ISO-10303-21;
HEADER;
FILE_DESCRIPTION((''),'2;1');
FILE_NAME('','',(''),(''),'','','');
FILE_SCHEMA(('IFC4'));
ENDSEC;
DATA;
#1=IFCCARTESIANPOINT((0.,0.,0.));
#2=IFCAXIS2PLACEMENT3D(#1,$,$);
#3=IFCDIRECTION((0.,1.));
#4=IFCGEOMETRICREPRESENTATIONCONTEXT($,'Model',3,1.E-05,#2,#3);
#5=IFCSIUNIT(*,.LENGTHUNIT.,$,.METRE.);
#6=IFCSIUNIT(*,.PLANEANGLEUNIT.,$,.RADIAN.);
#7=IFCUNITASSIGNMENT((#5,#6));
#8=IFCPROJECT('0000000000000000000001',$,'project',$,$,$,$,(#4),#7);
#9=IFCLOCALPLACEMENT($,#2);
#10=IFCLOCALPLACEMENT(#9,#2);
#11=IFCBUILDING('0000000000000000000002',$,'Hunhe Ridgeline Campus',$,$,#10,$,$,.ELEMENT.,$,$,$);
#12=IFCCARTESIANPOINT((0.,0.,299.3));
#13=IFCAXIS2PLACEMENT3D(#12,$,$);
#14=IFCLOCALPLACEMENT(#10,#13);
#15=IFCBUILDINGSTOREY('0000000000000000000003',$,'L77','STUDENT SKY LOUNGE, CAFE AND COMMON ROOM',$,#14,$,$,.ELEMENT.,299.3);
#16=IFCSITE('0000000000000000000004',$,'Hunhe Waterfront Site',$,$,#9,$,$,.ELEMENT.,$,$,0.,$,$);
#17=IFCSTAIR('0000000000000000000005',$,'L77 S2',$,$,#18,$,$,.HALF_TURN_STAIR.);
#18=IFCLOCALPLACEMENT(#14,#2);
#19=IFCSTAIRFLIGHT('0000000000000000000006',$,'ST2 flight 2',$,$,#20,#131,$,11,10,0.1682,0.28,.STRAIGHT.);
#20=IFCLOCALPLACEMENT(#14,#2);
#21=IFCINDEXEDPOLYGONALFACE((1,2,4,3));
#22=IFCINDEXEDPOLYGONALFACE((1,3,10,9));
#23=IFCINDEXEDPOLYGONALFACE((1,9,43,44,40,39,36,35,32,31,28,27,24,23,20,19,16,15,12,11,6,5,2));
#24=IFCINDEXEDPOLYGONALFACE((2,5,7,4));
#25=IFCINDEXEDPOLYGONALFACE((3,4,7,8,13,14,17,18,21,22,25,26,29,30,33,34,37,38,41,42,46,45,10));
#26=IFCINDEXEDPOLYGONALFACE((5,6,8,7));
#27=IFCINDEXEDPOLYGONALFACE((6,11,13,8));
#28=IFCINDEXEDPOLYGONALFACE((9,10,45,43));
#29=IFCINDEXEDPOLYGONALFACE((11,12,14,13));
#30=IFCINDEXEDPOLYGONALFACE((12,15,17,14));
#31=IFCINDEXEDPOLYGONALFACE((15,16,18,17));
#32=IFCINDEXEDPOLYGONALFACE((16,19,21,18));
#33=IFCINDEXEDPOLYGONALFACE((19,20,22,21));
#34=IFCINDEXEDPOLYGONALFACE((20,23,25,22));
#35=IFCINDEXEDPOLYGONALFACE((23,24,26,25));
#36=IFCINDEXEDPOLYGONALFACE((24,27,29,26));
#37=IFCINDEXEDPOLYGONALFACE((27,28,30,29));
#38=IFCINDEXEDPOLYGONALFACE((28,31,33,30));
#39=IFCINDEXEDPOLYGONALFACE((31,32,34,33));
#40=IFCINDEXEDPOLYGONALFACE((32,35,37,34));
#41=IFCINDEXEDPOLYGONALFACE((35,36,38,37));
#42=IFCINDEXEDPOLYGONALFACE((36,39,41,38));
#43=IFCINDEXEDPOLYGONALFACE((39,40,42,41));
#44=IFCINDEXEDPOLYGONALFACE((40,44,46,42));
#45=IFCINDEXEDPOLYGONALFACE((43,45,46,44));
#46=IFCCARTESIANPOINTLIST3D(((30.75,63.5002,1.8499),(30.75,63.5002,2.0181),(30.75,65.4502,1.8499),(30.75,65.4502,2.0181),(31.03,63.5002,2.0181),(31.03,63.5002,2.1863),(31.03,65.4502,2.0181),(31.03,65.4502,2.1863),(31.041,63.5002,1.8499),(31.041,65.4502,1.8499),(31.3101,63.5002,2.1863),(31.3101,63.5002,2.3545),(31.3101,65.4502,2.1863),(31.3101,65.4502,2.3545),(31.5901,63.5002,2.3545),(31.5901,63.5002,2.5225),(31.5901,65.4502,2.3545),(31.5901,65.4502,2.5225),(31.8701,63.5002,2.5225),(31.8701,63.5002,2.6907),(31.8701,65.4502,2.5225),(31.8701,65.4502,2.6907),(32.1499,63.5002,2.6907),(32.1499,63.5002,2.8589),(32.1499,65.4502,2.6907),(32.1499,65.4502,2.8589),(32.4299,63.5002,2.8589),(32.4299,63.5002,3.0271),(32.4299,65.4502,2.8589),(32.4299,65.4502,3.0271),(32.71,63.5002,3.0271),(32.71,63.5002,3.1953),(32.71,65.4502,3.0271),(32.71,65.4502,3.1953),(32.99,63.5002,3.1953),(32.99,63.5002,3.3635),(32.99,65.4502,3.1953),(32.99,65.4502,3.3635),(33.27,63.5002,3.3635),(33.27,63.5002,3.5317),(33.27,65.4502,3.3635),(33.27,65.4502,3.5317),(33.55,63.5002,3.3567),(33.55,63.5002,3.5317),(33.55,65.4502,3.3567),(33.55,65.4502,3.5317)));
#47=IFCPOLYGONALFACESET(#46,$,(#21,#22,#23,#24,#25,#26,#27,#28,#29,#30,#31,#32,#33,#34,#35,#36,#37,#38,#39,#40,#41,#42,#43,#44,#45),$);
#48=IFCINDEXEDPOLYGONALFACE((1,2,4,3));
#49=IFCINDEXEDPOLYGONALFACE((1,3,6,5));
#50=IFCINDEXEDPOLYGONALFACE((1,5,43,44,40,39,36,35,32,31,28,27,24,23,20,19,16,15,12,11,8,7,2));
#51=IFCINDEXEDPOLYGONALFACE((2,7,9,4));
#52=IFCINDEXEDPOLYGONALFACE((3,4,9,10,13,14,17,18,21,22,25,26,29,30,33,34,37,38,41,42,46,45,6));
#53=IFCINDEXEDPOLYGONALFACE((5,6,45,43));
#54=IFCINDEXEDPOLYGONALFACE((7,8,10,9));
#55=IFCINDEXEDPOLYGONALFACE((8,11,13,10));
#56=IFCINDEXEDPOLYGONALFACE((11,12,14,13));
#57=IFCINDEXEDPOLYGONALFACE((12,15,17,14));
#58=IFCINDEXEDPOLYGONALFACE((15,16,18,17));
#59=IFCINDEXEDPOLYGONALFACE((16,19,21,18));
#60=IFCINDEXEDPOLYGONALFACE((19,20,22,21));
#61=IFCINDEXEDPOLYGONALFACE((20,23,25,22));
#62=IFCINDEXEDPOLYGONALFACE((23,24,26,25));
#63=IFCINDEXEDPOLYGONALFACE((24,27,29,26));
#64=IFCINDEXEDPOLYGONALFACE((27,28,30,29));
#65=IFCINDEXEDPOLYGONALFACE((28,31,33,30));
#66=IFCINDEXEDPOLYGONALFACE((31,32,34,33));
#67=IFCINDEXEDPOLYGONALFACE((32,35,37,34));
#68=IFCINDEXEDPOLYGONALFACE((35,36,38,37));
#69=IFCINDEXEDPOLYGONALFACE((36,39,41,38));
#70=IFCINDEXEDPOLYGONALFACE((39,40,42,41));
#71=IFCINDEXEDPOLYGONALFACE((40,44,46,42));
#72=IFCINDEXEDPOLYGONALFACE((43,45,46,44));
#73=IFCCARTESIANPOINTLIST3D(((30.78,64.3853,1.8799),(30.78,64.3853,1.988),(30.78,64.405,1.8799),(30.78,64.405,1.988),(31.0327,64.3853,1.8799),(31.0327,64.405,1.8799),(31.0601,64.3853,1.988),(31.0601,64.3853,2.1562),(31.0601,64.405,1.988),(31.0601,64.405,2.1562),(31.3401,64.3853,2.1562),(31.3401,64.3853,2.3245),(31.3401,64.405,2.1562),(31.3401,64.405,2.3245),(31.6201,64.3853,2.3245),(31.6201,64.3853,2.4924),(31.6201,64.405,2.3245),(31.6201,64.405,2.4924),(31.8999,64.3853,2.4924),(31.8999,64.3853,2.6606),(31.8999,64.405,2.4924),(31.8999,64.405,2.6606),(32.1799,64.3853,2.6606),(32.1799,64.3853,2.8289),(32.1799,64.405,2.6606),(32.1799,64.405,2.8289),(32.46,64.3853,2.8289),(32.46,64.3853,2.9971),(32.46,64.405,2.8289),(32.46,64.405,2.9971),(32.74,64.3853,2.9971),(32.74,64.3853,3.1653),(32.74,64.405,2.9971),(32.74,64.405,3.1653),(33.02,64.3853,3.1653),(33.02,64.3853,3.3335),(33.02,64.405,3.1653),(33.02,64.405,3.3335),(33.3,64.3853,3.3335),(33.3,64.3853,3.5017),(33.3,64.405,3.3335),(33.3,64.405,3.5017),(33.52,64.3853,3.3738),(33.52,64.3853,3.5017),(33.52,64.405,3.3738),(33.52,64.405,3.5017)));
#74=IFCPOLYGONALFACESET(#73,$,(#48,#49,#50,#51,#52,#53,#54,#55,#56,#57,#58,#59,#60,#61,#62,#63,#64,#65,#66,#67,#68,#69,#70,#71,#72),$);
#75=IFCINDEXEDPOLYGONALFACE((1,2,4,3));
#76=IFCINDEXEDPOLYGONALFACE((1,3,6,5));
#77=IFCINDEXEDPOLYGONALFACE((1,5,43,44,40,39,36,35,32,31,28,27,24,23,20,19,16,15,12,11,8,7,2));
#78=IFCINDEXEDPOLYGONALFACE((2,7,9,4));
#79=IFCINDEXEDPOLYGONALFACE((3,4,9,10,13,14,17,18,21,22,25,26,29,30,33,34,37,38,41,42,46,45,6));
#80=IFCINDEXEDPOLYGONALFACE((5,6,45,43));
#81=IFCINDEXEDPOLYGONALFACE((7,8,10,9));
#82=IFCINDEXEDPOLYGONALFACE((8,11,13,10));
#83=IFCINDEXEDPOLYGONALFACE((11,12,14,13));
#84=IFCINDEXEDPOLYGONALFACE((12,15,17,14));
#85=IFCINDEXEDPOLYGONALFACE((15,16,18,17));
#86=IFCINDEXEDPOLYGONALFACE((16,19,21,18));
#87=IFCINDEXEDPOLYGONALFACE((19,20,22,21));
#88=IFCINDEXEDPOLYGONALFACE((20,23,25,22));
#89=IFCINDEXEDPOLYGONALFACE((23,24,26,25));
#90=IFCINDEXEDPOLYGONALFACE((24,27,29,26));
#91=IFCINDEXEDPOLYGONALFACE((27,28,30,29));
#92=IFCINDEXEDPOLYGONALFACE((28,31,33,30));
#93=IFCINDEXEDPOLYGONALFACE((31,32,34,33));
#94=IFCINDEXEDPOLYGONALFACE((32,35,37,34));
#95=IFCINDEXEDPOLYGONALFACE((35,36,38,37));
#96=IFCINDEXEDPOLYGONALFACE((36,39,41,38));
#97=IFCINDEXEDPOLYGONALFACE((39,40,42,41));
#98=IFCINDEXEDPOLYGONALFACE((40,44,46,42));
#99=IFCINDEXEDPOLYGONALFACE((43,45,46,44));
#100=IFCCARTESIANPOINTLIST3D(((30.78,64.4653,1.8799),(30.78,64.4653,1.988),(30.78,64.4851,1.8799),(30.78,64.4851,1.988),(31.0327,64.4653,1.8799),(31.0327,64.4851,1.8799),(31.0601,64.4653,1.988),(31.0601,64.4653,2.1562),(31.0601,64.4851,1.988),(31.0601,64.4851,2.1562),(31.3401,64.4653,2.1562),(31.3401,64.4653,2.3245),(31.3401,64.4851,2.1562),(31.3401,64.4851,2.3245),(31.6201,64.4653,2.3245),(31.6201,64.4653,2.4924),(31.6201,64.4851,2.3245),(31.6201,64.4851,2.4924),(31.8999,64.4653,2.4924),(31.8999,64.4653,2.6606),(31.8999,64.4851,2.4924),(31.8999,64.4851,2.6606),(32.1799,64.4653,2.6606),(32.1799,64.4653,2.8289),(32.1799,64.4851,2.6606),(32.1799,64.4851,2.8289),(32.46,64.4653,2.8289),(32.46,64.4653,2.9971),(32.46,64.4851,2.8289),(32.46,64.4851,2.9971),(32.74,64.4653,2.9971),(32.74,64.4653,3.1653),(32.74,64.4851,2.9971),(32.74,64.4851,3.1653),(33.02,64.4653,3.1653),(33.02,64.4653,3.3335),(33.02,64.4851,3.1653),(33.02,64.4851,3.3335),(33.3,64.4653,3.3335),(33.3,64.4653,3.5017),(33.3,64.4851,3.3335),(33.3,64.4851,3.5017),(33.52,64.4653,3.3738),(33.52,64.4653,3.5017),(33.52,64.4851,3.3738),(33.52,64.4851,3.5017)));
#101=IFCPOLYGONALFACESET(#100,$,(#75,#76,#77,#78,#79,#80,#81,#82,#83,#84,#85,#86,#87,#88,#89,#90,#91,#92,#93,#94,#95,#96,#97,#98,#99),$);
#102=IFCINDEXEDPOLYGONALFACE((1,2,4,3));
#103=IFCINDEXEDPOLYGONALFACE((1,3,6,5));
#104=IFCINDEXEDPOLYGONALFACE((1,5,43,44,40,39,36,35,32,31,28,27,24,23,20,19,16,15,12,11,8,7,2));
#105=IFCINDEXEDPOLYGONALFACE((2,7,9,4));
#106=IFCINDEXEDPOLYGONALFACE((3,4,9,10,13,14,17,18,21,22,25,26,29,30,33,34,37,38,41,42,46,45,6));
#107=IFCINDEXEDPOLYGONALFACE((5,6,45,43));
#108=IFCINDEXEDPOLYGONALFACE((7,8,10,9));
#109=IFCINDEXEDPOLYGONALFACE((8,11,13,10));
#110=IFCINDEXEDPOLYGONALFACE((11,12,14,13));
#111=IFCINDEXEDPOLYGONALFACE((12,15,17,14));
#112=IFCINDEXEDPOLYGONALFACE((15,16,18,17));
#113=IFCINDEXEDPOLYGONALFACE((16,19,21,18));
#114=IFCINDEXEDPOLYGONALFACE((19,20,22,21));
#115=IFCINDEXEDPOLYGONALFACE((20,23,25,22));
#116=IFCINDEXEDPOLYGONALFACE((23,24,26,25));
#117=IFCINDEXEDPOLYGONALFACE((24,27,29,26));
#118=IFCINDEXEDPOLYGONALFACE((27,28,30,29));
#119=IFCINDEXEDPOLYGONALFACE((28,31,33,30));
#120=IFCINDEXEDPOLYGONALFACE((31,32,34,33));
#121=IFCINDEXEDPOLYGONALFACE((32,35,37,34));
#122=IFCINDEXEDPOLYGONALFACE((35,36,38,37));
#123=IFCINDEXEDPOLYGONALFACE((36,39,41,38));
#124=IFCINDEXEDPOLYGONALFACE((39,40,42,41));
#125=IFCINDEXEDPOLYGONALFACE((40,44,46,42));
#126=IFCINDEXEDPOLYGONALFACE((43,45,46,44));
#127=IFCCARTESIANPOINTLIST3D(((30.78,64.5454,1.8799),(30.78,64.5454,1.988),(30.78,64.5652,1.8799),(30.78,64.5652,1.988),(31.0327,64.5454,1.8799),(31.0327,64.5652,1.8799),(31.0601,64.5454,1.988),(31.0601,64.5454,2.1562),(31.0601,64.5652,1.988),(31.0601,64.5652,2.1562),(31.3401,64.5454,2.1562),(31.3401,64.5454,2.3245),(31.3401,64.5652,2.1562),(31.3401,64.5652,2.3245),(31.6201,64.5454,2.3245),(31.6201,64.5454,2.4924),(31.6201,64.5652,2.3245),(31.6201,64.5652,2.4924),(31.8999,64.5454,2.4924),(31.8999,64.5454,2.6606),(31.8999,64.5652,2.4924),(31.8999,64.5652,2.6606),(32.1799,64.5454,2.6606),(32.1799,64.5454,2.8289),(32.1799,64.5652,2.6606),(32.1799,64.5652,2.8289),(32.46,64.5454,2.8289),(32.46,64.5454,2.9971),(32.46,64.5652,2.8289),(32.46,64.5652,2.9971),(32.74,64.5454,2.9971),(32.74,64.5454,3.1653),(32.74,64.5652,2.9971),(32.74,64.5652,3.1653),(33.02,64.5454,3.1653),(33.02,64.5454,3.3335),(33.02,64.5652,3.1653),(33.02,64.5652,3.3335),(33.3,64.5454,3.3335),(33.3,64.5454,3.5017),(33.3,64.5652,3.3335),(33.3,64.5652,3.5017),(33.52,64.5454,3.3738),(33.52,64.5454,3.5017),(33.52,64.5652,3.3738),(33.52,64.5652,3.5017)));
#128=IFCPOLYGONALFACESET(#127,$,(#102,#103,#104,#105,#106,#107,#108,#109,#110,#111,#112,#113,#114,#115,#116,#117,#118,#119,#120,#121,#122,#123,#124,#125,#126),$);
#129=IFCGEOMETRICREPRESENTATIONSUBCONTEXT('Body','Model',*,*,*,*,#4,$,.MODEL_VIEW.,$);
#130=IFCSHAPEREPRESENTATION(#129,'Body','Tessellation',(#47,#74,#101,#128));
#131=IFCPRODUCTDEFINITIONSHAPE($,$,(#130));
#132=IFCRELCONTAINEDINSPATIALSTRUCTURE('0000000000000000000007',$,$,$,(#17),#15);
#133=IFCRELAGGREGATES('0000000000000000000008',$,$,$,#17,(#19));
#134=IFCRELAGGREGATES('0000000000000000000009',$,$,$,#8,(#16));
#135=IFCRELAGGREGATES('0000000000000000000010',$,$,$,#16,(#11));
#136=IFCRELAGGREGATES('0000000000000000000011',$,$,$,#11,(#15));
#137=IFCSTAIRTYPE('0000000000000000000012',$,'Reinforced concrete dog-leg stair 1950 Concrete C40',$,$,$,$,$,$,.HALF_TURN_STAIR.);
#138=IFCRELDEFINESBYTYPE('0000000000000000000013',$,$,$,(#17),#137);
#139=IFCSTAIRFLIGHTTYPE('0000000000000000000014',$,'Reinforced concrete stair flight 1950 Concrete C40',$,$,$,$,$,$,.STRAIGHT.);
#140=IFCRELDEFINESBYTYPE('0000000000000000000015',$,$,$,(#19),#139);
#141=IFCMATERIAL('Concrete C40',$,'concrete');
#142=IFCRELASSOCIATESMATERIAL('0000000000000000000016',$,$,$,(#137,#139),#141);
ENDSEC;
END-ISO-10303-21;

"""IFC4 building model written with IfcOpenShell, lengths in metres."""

from ifc_helpers import new_model, si_unit, direction, frame, origin, place, context, subcontext, project, spatial, polyline, outline, extrude, material, type_object, element, aggregate, save


model = new_model("IFC4")

# Units and contexts
model_context = context("Model", 3, precision=1e-05, world=origin(), true_north=direction((0.0, 1.0)))
body_context = subcontext(model_context, "Body", "Model", "MODEL_VIEW")
ifc_project = project(units=[si_unit("LENGTHUNIT", "METRE"), si_unit("PLANEANGLEUNIT", "RADIAN")], contexts=[model_context])

# Site, building, storey
site_placement = place(None, origin())
site = spatial("IfcSite", under=ifc_project, at=site_placement, Name="Hunhe Waterfront Site", CompositionType="ELEMENT", RefElevation=0.0)
building_placement = place(site_placement, origin())
building = spatial("IfcBuilding", under=site, at=building_placement, Name="Hunhe Ridgeline Campus", CompositionType="ELEMENT")
storey_placement = place(building_placement, frame((0.0, 0.0, 299.3)))
storey = spatial("IfcBuildingStorey", under=building, at=storey_placement, Name="L77", Description="STUDENT SKY LOUNGE, CAFE AND COMMON ROOM", CompositionType="ELEMENT", Elevation=299.3)

# Stair, stair flight
ifc_material_1 = material(Name="Concrete C40", Category="concrete")
stair_type = type_object("IfcStairType", Name="Reinforced concrete dog-leg stair 1950 Concrete C40", PredefinedType="HALF_TURN_STAIR", material=ifc_material_1)
stair_placement = place(storey_placement, origin())
stair = element("IfcStair", 1, at=stair_placement, inside=storey, type_object=stair_type, Name="L77 S2", PredefinedType="HALF_TURN_STAIR")
stair_flight_type = type_object("IfcStairFlightType", Name="Reinforced concrete stair flight 1950 Concrete C40", PredefinedType="STRAIGHT", material=ifc_material_1)
stair_flight_1_placement = place(storey_placement, frame((30.75, 64.4751, 1.8499), z_axis=(0.0, 0.0, 1.0), x_axis=(1.0, 0.0, 0.0)))
stair_flight_1 = element("IfcStairFlight", 2, at=stair_flight_1_placement, type_object=stair_flight_type, Name="ST2 flight 2", NumberOfRisers=11, NumberOfTreads=10, PredefinedType="STRAIGHT", RiserHeight=0.1682, TreadLength=0.28, context=body_context, shape_type="SweptSolid", body=[
    extrude(outline(polyline([(0.0, 0.0), (0.0, 0.1682), (0.28, 0.1682), (0.28, 0.3364), (0.5601, 0.3364), (0.5601, 0.5046), (0.8401, 0.5046), (0.8401, 0.6726), (1.1201, 0.6726), (1.1201, 0.8408), (1.3999, 0.8408), (1.3999, 1.009), (1.6799, 1.009), (1.6799, 1.1772), (1.96, 1.1772), (1.96, 1.3455), (2.24, 1.3455), (2.24, 1.5137), (2.52, 1.5137), (2.52, 1.6819), (2.8, 1.6819), (2.8, 1.8501), (2.8, 1.5068), (0.291, 0.0), (0.0, 0.0)])), frame((0.0, 0.9751, 0.0), z_axis=(0.0, -1.0, 0.0), x_axis=(1.0, 0.0, 0.0)), (0.0, 0.0, 1.0), 1.95),
    extrude(outline(polyline([(0.03, 0.03), (0.03, 0.1382), (0.3101, 0.1382), (0.3101, 0.3064), (0.5901, 0.3064), (0.5901, 0.4746), (0.8701, 0.4746), (0.8701, 0.6426), (1.1499, 0.6426), (1.1499, 0.8108), (1.4299, 0.8108), (1.4299, 0.979), (1.71, 0.979), (1.71, 1.1472), (1.99, 1.1472), (1.99, 1.3154), (2.27, 1.3154), (2.27, 1.4836), (2.55, 1.4836), (2.55, 1.6519), (2.77, 1.6519), (2.77, 1.5239), (0.2827, 0.03), (0.03, 0.03)])), frame((0.0, -0.0701, 0.0), z_axis=(0.0, -1.0, 0.0), x_axis=(1.0, 0.0, 0.0)), (0.0, 0.0, 1.0), 0.0198),
    extrude(outline(polyline([(0.03, 0.03), (0.03, 0.1382), (0.3101, 0.1382), (0.3101, 0.3064), (0.5901, 0.3064), (0.5901, 0.4746), (0.8701, 0.4746), (0.8701, 0.6426), (1.1499, 0.6426), (1.1499, 0.8108), (1.4299, 0.8108), (1.4299, 0.979), (1.71, 0.979), (1.71, 1.1472), (1.99, 1.1472), (1.99, 1.3154), (2.27, 1.3154), (2.27, 1.4836), (2.55, 1.4836), (2.55, 1.6519), (2.77, 1.6519), (2.77, 1.5239), (0.2827, 0.03), (0.03, 0.03)])), frame((0.0, 0.01, 0.0), z_axis=(0.0, -1.0, 0.0), x_axis=(1.0, 0.0, 0.0)), (0.0, 0.0, 1.0), 0.0198),
    extrude(outline(polyline([(0.03, 0.03), (0.03, 0.1382), (0.3101, 0.1382), (0.3101, 0.3064), (0.5901, 0.3064), (0.5901, 0.4746), (0.8701, 0.4746), (0.8701, 0.6426), (1.1499, 0.6426), (1.1499, 0.8108), (1.4299, 0.8108), (1.4299, 0.979), (1.71, 0.979), (1.71, 1.1472), (1.99, 1.1472), (1.99, 1.3154), (2.27, 1.3154), (2.27, 1.4836), (2.55, 1.4836), (2.55, 1.6519), (2.77, 1.6519), (2.77, 1.5239), (0.2827, 0.03), (0.03, 0.03)])), frame((0.0, 0.0901, 0.0), z_axis=(0.0, -1.0, 0.0), x_axis=(1.0, 0.0, 0.0)), (0.0, 0.0, 1.0), 0.0198),
])
aggregate(stair, [stair_flight_1])

save(model, "model.ifc")
